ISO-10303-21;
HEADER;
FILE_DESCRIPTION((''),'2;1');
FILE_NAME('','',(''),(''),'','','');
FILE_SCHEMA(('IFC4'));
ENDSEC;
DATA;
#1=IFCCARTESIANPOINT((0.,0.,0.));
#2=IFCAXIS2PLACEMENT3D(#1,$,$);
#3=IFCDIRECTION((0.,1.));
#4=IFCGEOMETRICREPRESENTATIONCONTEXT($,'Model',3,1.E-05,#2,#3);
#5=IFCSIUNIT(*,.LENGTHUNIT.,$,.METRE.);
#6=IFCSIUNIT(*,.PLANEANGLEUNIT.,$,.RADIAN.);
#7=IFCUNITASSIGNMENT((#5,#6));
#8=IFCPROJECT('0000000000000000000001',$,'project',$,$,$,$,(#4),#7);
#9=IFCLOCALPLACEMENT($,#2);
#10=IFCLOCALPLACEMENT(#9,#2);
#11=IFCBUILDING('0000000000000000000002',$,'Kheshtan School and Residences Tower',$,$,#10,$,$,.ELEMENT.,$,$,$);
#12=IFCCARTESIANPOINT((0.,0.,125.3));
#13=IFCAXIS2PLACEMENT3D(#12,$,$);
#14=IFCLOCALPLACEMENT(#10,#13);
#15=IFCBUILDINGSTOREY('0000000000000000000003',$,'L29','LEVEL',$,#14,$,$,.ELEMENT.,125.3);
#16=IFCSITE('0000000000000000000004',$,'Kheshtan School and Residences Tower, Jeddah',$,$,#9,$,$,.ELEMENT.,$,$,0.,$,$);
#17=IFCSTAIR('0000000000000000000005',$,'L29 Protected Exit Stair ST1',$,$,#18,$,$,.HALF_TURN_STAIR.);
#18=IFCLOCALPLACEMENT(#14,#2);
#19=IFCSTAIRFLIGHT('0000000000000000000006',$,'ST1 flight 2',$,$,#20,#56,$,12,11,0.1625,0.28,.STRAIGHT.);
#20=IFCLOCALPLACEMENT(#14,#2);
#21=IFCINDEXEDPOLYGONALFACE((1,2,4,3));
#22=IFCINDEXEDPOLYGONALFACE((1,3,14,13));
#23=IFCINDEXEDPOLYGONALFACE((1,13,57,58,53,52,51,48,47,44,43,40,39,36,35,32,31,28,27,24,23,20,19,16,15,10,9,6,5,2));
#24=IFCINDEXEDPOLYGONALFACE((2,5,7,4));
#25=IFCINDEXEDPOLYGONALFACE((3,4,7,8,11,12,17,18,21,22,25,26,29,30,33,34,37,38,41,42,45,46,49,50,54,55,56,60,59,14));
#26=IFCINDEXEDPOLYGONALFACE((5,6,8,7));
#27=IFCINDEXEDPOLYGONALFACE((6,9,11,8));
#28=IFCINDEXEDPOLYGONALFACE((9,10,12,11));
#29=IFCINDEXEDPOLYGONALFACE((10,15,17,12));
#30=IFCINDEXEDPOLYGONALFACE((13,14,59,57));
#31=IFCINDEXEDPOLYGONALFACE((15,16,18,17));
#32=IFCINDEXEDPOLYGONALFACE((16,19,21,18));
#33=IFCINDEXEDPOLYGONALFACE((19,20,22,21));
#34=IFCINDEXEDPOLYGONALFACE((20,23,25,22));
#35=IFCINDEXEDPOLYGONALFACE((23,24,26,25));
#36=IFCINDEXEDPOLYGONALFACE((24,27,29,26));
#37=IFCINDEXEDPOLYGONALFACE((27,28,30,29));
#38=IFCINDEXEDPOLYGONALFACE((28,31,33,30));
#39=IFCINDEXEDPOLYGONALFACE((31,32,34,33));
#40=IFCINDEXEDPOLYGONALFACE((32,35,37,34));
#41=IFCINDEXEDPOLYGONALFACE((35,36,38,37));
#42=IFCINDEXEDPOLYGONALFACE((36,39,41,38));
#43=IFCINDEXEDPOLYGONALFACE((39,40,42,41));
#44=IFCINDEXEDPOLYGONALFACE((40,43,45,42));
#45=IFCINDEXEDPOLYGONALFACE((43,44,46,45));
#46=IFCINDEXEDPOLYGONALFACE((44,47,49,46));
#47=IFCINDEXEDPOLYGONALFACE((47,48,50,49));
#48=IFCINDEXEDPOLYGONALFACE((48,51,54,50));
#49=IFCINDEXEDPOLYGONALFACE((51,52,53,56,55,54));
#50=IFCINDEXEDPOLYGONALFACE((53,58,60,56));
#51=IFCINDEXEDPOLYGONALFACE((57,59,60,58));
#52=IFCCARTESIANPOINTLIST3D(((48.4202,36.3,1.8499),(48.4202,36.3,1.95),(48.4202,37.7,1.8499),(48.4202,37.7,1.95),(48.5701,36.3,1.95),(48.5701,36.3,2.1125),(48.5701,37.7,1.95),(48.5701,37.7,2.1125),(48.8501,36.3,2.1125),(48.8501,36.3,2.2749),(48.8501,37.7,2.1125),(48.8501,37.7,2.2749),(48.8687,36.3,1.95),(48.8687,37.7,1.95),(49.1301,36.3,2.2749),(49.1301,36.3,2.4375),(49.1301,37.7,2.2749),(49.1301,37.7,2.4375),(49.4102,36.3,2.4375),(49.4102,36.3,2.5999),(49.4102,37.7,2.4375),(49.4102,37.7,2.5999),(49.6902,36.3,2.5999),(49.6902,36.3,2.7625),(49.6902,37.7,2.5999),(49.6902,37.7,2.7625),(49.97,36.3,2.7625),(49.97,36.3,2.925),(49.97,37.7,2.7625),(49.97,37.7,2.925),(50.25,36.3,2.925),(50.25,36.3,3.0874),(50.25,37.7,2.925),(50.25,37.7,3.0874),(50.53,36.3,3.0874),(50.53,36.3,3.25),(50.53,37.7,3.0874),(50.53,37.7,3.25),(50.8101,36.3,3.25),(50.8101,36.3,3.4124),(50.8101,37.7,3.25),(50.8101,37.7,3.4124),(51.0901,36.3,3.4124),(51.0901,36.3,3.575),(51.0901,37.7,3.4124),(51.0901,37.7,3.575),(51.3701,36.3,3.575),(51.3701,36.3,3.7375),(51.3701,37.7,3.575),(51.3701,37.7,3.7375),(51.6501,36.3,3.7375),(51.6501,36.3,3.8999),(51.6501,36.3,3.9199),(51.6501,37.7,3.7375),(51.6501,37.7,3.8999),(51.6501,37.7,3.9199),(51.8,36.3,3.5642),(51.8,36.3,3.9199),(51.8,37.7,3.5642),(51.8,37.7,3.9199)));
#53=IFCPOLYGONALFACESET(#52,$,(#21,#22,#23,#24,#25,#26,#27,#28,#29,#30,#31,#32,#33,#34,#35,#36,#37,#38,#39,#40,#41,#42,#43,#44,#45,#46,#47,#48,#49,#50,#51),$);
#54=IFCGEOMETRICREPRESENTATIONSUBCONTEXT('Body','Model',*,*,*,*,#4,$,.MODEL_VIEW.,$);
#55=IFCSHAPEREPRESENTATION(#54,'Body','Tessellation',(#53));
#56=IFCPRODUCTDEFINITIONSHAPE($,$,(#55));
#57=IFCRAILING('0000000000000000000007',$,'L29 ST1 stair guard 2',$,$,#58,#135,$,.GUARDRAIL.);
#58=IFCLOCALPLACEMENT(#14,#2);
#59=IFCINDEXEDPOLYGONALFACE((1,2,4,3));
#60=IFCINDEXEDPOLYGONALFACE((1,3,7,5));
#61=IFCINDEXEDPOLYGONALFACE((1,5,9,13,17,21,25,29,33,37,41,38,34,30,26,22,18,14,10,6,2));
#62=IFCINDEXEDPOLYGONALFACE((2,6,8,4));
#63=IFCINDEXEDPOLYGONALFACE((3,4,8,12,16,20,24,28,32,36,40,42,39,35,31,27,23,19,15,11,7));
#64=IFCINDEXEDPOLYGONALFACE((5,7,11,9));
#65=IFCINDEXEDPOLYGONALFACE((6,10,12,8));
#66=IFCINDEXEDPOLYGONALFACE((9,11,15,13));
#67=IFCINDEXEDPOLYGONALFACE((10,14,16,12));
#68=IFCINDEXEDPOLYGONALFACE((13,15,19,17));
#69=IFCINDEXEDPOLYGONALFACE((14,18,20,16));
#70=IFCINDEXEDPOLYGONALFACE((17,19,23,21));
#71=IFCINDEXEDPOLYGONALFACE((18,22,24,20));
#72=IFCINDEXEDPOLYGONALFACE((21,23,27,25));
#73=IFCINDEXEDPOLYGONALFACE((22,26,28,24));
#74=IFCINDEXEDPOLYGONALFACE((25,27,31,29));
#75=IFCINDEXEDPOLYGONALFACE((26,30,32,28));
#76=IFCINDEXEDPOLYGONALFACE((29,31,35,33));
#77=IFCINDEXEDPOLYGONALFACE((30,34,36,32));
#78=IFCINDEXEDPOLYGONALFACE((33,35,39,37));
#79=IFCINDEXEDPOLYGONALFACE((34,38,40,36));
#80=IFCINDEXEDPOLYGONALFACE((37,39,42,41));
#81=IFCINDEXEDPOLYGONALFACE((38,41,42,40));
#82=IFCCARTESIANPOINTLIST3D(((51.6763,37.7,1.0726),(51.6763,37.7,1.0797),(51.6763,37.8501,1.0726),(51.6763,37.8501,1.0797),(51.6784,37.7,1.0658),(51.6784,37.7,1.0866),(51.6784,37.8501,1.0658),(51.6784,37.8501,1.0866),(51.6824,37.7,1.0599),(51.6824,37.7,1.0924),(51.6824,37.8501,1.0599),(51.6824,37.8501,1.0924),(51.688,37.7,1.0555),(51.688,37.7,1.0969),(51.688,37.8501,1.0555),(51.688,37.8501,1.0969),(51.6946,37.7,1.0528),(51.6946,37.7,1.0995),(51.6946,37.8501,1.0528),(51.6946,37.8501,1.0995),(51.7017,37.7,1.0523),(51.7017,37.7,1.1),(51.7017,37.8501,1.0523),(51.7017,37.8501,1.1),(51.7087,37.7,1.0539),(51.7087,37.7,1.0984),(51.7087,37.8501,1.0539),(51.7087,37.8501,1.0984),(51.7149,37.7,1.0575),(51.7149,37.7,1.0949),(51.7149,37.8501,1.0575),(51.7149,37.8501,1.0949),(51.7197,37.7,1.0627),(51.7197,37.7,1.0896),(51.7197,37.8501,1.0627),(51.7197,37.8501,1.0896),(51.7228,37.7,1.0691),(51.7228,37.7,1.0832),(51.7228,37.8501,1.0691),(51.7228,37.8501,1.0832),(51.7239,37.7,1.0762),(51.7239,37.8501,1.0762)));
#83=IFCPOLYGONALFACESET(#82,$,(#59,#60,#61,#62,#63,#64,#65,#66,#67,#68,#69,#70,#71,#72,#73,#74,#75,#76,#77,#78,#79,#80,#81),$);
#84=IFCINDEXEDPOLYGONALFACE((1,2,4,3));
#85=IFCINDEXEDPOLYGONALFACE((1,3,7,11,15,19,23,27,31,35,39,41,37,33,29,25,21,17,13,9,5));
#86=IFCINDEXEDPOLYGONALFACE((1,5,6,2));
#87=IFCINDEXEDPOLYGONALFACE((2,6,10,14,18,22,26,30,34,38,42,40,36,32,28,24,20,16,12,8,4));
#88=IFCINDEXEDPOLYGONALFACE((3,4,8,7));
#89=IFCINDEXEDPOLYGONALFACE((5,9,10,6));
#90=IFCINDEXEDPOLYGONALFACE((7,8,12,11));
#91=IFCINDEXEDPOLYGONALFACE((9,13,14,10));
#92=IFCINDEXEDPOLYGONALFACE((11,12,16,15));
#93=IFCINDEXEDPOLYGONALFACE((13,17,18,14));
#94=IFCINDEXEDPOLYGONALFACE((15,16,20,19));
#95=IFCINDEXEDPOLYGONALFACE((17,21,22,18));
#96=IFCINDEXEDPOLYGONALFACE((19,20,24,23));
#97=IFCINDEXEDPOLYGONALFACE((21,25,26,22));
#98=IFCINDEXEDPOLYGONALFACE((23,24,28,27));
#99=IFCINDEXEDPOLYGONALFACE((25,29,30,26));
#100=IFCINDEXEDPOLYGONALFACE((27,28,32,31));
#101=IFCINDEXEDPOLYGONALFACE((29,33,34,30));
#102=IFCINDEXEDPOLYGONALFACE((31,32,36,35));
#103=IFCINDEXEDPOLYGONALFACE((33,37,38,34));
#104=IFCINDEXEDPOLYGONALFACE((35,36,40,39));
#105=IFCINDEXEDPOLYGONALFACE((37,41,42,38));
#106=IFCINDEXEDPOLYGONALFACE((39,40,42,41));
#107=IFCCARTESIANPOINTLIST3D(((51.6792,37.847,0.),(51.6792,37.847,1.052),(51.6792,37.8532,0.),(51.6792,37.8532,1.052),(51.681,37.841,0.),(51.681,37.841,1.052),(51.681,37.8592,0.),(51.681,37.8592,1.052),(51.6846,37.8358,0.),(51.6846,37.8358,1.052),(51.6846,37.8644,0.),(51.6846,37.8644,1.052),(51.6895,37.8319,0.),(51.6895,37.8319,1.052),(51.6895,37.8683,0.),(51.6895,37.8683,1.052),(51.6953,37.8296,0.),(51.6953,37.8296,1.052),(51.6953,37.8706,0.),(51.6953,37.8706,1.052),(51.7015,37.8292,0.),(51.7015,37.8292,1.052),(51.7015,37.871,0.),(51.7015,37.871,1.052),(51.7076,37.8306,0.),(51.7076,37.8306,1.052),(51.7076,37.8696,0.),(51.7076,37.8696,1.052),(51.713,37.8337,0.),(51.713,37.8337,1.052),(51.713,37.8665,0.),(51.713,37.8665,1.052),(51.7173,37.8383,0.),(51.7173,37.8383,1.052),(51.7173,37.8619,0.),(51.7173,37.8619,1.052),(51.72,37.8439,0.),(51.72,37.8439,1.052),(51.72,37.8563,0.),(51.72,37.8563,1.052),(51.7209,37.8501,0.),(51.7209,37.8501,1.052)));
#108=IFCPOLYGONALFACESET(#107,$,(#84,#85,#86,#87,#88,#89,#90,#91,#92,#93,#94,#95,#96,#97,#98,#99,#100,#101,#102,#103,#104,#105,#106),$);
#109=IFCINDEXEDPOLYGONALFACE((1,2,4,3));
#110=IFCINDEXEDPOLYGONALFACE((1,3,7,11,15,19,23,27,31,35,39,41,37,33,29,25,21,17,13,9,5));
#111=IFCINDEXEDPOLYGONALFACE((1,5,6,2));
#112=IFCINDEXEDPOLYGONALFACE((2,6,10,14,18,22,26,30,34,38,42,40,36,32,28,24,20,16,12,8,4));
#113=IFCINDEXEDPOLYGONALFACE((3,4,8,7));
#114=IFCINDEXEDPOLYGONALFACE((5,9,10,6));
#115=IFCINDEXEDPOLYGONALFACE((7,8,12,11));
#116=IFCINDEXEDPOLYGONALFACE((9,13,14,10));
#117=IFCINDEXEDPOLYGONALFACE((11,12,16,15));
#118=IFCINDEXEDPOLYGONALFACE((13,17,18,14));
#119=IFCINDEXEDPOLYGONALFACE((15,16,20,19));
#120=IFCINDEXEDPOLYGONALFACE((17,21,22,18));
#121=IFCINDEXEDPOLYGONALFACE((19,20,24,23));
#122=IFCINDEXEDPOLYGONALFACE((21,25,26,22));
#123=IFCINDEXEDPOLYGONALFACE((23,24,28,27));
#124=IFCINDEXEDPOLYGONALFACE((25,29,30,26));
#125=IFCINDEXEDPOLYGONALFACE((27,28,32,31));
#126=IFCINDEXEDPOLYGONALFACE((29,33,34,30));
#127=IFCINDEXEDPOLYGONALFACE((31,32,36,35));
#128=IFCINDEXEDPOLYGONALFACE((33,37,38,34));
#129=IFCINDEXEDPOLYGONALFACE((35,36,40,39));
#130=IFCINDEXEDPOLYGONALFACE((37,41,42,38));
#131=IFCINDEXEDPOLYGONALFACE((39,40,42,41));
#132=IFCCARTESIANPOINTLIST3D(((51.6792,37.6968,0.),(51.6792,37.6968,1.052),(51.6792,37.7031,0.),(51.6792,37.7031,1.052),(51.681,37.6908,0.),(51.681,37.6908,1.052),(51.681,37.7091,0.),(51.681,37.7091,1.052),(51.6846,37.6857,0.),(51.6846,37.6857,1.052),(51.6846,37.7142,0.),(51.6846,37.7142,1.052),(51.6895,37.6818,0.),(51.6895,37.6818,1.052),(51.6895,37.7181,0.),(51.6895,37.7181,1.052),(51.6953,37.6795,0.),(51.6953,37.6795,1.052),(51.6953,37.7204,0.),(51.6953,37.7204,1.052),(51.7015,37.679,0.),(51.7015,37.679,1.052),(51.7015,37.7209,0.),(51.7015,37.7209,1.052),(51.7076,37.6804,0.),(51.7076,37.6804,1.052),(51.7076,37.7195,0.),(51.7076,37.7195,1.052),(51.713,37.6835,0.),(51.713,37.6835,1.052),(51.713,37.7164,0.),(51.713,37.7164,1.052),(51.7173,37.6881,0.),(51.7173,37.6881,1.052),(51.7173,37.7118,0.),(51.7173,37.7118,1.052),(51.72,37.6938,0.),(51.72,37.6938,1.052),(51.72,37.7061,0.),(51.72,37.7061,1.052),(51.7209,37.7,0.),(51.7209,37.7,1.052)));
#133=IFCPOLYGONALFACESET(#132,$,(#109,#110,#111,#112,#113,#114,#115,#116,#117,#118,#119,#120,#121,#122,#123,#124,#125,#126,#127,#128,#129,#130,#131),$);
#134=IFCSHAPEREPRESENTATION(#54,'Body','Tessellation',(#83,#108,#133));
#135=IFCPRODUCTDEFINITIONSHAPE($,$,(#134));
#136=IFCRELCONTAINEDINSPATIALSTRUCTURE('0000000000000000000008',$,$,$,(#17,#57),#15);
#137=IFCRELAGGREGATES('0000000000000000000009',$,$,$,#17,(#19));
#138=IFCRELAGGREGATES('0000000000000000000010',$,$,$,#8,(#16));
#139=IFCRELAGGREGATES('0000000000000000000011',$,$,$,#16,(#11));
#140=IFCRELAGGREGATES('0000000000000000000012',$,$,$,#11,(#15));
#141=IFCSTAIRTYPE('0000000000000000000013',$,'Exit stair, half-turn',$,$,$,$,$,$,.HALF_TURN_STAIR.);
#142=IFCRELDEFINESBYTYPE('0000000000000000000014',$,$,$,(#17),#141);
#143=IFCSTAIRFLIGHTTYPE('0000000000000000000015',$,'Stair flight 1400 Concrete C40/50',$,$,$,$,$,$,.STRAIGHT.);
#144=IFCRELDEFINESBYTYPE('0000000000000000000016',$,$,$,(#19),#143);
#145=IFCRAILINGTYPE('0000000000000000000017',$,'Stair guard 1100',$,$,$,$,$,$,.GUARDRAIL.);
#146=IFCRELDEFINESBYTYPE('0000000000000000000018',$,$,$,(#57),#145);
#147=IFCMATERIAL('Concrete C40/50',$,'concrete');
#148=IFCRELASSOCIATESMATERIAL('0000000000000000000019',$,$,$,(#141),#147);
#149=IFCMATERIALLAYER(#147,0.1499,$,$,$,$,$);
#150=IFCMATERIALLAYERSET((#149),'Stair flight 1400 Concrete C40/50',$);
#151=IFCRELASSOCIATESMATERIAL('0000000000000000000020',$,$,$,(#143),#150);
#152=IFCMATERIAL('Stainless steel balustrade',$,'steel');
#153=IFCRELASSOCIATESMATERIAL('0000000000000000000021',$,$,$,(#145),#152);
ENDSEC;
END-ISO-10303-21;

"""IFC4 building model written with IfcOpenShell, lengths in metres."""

from ifc_helpers import new_model, si_unit, direction, frame, origin, origin_2d, place, context, subcontext, project, spatial, polyline, circle, outline, extrude, material, layer, layer_set, type_object, element, aggregate, save


model = new_model("IFC4")

# Units and contexts
model_context = context("Model", 3, precision=1e-05, world=origin(), true_north=direction((0.0, 1.0)))
body_context = subcontext(model_context, "Body", "Model", "MODEL_VIEW")
ifc_project = project(units=[si_unit("LENGTHUNIT", "METRE"), si_unit("PLANEANGLEUNIT", "RADIAN")], contexts=[model_context])

# Site, building, storey
site_placement = place(None, origin())
site = spatial("IfcSite", under=ifc_project, at=site_placement, Name="Kheshtan School and Residences Tower, Jeddah", CompositionType="ELEMENT", RefElevation=0.0)
building_placement = place(site_placement, origin())
building = spatial("IfcBuilding", under=site, at=building_placement, Name="Kheshtan School and Residences Tower", CompositionType="ELEMENT")
storey_placement = place(building_placement, frame((0.0, 0.0, 125.3)))
storey = spatial("IfcBuildingStorey", under=building, at=storey_placement, Name="L29", Description="LEVEL", CompositionType="ELEMENT", Elevation=125.3)

# Shared definitions
ifc_material_1 = material(Name="Concrete C40/50", Category="concrete")

# Stair, stair flight
stair_type = type_object("IfcStairType", Name="Exit stair, half-turn", PredefinedType="HALF_TURN_STAIR", material=ifc_material_1)
stair_placement = place(storey_placement, origin())
stair = element("IfcStair", 1, at=stair_placement, inside=storey, type_object=stair_type, Name="L29 Protected Exit Stair ST1", PredefinedType="HALF_TURN_STAIR")
ifc_layer_1 = layer(ifc_material_1, 0.1499)
ifc_layer_set_1 = layer_set([ifc_layer_1], Name="Stair flight 1400 Concrete C40/50")
stair_flight_type = type_object("IfcStairFlightType", Name="Stair flight 1400 Concrete C40/50", PredefinedType="STRAIGHT", material=ifc_layer_set_1)
stair_flight_1_placement = place(storey_placement, frame((48.5701, 37.0, 1.95), z_axis=(0.0, 0.0, 1.0), x_axis=(1.0, 0.0, 0.0)))
stair_flight_1 = element("IfcStairFlight", 2, at=stair_flight_1_placement, type_object=stair_flight_type, Name="ST1 flight 2", NumberOfRisers=12, NumberOfTreads=11, PredefinedType="STRAIGHT", RiserHeight=0.1625, TreadLength=0.28, context=body_context, shape_type="SweptSolid", body=[
    extrude(outline(polyline([(-0.1499, -0.1001), (-0.1499, 0.0), (0.0, 0.0), (0.0, 0.1626), (0.28, 0.1626), (0.28, 0.325), (0.5601, 0.325), (0.5601, 0.4875), (0.8401, 0.4875), (0.8401, 0.6499), (1.1201, 0.6499), (1.1201, 0.8125), (1.3999, 0.8125), (1.3999, 0.9751), (1.6799, 0.9751), (1.6799, 1.1375), (1.96, 1.1375), (1.96, 1.3), (2.24, 1.3), (2.24, 1.4624), (2.52, 1.4624), (2.52, 1.625), (2.8, 1.625), (2.8, 1.7876), (3.0801, 1.7876), (3.0801, 1.95), (3.0801, 1.97), (3.23, 1.97), (3.23, 1.6143), (0.2986, 0.0), (-0.1499, -0.1001)])), frame((0.0, 0.7, 0.0), z_axis=(0.0, -1.0, 0.0), x_axis=(1.0, 0.0, 0.0)), (0.0, 0.0, 1.0), 1.3999),
])
aggregate(stair, [stair_flight_1])

# Railing
ifc_material_2 = material(Name="Stainless steel balustrade", Category="steel")
railing_type_1 = type_object("IfcRailingType", Name="Stair guard 1100", PredefinedType="GUARDRAIL", material=ifc_material_2)
railing_1_placement = place(storey_placement, frame((51.7, 37.8501, 0.0)))
element("IfcRailing", 3, at=railing_1_placement, inside=storey, type_object=railing_type_1, Name="L29 ST1 stair guard 2", PredefinedType="GUARDRAIL", context=body_context, shape_type="SweptSolid", body=[
    extrude(circle(Radius=0.0239, at=origin_2d()), frame((0.0, 0.0, 1.0762), z_axis=(0.0, -1.0, 0.0), x_axis=(1.0, 0.0, 0.0)), (0.0, 0.0, 1.0), 0.1501),
    extrude(circle(Radius=0.021, at=origin_2d()), origin(), (0.0, 0.0, 1.0), 1.052),
    extrude(circle(Radius=0.021, at=origin_2d()), frame((0.0, -0.1501, 0.0)), (0.0, 0.0, 1.0), 1.052),
])

save(model, "model.ifc")
